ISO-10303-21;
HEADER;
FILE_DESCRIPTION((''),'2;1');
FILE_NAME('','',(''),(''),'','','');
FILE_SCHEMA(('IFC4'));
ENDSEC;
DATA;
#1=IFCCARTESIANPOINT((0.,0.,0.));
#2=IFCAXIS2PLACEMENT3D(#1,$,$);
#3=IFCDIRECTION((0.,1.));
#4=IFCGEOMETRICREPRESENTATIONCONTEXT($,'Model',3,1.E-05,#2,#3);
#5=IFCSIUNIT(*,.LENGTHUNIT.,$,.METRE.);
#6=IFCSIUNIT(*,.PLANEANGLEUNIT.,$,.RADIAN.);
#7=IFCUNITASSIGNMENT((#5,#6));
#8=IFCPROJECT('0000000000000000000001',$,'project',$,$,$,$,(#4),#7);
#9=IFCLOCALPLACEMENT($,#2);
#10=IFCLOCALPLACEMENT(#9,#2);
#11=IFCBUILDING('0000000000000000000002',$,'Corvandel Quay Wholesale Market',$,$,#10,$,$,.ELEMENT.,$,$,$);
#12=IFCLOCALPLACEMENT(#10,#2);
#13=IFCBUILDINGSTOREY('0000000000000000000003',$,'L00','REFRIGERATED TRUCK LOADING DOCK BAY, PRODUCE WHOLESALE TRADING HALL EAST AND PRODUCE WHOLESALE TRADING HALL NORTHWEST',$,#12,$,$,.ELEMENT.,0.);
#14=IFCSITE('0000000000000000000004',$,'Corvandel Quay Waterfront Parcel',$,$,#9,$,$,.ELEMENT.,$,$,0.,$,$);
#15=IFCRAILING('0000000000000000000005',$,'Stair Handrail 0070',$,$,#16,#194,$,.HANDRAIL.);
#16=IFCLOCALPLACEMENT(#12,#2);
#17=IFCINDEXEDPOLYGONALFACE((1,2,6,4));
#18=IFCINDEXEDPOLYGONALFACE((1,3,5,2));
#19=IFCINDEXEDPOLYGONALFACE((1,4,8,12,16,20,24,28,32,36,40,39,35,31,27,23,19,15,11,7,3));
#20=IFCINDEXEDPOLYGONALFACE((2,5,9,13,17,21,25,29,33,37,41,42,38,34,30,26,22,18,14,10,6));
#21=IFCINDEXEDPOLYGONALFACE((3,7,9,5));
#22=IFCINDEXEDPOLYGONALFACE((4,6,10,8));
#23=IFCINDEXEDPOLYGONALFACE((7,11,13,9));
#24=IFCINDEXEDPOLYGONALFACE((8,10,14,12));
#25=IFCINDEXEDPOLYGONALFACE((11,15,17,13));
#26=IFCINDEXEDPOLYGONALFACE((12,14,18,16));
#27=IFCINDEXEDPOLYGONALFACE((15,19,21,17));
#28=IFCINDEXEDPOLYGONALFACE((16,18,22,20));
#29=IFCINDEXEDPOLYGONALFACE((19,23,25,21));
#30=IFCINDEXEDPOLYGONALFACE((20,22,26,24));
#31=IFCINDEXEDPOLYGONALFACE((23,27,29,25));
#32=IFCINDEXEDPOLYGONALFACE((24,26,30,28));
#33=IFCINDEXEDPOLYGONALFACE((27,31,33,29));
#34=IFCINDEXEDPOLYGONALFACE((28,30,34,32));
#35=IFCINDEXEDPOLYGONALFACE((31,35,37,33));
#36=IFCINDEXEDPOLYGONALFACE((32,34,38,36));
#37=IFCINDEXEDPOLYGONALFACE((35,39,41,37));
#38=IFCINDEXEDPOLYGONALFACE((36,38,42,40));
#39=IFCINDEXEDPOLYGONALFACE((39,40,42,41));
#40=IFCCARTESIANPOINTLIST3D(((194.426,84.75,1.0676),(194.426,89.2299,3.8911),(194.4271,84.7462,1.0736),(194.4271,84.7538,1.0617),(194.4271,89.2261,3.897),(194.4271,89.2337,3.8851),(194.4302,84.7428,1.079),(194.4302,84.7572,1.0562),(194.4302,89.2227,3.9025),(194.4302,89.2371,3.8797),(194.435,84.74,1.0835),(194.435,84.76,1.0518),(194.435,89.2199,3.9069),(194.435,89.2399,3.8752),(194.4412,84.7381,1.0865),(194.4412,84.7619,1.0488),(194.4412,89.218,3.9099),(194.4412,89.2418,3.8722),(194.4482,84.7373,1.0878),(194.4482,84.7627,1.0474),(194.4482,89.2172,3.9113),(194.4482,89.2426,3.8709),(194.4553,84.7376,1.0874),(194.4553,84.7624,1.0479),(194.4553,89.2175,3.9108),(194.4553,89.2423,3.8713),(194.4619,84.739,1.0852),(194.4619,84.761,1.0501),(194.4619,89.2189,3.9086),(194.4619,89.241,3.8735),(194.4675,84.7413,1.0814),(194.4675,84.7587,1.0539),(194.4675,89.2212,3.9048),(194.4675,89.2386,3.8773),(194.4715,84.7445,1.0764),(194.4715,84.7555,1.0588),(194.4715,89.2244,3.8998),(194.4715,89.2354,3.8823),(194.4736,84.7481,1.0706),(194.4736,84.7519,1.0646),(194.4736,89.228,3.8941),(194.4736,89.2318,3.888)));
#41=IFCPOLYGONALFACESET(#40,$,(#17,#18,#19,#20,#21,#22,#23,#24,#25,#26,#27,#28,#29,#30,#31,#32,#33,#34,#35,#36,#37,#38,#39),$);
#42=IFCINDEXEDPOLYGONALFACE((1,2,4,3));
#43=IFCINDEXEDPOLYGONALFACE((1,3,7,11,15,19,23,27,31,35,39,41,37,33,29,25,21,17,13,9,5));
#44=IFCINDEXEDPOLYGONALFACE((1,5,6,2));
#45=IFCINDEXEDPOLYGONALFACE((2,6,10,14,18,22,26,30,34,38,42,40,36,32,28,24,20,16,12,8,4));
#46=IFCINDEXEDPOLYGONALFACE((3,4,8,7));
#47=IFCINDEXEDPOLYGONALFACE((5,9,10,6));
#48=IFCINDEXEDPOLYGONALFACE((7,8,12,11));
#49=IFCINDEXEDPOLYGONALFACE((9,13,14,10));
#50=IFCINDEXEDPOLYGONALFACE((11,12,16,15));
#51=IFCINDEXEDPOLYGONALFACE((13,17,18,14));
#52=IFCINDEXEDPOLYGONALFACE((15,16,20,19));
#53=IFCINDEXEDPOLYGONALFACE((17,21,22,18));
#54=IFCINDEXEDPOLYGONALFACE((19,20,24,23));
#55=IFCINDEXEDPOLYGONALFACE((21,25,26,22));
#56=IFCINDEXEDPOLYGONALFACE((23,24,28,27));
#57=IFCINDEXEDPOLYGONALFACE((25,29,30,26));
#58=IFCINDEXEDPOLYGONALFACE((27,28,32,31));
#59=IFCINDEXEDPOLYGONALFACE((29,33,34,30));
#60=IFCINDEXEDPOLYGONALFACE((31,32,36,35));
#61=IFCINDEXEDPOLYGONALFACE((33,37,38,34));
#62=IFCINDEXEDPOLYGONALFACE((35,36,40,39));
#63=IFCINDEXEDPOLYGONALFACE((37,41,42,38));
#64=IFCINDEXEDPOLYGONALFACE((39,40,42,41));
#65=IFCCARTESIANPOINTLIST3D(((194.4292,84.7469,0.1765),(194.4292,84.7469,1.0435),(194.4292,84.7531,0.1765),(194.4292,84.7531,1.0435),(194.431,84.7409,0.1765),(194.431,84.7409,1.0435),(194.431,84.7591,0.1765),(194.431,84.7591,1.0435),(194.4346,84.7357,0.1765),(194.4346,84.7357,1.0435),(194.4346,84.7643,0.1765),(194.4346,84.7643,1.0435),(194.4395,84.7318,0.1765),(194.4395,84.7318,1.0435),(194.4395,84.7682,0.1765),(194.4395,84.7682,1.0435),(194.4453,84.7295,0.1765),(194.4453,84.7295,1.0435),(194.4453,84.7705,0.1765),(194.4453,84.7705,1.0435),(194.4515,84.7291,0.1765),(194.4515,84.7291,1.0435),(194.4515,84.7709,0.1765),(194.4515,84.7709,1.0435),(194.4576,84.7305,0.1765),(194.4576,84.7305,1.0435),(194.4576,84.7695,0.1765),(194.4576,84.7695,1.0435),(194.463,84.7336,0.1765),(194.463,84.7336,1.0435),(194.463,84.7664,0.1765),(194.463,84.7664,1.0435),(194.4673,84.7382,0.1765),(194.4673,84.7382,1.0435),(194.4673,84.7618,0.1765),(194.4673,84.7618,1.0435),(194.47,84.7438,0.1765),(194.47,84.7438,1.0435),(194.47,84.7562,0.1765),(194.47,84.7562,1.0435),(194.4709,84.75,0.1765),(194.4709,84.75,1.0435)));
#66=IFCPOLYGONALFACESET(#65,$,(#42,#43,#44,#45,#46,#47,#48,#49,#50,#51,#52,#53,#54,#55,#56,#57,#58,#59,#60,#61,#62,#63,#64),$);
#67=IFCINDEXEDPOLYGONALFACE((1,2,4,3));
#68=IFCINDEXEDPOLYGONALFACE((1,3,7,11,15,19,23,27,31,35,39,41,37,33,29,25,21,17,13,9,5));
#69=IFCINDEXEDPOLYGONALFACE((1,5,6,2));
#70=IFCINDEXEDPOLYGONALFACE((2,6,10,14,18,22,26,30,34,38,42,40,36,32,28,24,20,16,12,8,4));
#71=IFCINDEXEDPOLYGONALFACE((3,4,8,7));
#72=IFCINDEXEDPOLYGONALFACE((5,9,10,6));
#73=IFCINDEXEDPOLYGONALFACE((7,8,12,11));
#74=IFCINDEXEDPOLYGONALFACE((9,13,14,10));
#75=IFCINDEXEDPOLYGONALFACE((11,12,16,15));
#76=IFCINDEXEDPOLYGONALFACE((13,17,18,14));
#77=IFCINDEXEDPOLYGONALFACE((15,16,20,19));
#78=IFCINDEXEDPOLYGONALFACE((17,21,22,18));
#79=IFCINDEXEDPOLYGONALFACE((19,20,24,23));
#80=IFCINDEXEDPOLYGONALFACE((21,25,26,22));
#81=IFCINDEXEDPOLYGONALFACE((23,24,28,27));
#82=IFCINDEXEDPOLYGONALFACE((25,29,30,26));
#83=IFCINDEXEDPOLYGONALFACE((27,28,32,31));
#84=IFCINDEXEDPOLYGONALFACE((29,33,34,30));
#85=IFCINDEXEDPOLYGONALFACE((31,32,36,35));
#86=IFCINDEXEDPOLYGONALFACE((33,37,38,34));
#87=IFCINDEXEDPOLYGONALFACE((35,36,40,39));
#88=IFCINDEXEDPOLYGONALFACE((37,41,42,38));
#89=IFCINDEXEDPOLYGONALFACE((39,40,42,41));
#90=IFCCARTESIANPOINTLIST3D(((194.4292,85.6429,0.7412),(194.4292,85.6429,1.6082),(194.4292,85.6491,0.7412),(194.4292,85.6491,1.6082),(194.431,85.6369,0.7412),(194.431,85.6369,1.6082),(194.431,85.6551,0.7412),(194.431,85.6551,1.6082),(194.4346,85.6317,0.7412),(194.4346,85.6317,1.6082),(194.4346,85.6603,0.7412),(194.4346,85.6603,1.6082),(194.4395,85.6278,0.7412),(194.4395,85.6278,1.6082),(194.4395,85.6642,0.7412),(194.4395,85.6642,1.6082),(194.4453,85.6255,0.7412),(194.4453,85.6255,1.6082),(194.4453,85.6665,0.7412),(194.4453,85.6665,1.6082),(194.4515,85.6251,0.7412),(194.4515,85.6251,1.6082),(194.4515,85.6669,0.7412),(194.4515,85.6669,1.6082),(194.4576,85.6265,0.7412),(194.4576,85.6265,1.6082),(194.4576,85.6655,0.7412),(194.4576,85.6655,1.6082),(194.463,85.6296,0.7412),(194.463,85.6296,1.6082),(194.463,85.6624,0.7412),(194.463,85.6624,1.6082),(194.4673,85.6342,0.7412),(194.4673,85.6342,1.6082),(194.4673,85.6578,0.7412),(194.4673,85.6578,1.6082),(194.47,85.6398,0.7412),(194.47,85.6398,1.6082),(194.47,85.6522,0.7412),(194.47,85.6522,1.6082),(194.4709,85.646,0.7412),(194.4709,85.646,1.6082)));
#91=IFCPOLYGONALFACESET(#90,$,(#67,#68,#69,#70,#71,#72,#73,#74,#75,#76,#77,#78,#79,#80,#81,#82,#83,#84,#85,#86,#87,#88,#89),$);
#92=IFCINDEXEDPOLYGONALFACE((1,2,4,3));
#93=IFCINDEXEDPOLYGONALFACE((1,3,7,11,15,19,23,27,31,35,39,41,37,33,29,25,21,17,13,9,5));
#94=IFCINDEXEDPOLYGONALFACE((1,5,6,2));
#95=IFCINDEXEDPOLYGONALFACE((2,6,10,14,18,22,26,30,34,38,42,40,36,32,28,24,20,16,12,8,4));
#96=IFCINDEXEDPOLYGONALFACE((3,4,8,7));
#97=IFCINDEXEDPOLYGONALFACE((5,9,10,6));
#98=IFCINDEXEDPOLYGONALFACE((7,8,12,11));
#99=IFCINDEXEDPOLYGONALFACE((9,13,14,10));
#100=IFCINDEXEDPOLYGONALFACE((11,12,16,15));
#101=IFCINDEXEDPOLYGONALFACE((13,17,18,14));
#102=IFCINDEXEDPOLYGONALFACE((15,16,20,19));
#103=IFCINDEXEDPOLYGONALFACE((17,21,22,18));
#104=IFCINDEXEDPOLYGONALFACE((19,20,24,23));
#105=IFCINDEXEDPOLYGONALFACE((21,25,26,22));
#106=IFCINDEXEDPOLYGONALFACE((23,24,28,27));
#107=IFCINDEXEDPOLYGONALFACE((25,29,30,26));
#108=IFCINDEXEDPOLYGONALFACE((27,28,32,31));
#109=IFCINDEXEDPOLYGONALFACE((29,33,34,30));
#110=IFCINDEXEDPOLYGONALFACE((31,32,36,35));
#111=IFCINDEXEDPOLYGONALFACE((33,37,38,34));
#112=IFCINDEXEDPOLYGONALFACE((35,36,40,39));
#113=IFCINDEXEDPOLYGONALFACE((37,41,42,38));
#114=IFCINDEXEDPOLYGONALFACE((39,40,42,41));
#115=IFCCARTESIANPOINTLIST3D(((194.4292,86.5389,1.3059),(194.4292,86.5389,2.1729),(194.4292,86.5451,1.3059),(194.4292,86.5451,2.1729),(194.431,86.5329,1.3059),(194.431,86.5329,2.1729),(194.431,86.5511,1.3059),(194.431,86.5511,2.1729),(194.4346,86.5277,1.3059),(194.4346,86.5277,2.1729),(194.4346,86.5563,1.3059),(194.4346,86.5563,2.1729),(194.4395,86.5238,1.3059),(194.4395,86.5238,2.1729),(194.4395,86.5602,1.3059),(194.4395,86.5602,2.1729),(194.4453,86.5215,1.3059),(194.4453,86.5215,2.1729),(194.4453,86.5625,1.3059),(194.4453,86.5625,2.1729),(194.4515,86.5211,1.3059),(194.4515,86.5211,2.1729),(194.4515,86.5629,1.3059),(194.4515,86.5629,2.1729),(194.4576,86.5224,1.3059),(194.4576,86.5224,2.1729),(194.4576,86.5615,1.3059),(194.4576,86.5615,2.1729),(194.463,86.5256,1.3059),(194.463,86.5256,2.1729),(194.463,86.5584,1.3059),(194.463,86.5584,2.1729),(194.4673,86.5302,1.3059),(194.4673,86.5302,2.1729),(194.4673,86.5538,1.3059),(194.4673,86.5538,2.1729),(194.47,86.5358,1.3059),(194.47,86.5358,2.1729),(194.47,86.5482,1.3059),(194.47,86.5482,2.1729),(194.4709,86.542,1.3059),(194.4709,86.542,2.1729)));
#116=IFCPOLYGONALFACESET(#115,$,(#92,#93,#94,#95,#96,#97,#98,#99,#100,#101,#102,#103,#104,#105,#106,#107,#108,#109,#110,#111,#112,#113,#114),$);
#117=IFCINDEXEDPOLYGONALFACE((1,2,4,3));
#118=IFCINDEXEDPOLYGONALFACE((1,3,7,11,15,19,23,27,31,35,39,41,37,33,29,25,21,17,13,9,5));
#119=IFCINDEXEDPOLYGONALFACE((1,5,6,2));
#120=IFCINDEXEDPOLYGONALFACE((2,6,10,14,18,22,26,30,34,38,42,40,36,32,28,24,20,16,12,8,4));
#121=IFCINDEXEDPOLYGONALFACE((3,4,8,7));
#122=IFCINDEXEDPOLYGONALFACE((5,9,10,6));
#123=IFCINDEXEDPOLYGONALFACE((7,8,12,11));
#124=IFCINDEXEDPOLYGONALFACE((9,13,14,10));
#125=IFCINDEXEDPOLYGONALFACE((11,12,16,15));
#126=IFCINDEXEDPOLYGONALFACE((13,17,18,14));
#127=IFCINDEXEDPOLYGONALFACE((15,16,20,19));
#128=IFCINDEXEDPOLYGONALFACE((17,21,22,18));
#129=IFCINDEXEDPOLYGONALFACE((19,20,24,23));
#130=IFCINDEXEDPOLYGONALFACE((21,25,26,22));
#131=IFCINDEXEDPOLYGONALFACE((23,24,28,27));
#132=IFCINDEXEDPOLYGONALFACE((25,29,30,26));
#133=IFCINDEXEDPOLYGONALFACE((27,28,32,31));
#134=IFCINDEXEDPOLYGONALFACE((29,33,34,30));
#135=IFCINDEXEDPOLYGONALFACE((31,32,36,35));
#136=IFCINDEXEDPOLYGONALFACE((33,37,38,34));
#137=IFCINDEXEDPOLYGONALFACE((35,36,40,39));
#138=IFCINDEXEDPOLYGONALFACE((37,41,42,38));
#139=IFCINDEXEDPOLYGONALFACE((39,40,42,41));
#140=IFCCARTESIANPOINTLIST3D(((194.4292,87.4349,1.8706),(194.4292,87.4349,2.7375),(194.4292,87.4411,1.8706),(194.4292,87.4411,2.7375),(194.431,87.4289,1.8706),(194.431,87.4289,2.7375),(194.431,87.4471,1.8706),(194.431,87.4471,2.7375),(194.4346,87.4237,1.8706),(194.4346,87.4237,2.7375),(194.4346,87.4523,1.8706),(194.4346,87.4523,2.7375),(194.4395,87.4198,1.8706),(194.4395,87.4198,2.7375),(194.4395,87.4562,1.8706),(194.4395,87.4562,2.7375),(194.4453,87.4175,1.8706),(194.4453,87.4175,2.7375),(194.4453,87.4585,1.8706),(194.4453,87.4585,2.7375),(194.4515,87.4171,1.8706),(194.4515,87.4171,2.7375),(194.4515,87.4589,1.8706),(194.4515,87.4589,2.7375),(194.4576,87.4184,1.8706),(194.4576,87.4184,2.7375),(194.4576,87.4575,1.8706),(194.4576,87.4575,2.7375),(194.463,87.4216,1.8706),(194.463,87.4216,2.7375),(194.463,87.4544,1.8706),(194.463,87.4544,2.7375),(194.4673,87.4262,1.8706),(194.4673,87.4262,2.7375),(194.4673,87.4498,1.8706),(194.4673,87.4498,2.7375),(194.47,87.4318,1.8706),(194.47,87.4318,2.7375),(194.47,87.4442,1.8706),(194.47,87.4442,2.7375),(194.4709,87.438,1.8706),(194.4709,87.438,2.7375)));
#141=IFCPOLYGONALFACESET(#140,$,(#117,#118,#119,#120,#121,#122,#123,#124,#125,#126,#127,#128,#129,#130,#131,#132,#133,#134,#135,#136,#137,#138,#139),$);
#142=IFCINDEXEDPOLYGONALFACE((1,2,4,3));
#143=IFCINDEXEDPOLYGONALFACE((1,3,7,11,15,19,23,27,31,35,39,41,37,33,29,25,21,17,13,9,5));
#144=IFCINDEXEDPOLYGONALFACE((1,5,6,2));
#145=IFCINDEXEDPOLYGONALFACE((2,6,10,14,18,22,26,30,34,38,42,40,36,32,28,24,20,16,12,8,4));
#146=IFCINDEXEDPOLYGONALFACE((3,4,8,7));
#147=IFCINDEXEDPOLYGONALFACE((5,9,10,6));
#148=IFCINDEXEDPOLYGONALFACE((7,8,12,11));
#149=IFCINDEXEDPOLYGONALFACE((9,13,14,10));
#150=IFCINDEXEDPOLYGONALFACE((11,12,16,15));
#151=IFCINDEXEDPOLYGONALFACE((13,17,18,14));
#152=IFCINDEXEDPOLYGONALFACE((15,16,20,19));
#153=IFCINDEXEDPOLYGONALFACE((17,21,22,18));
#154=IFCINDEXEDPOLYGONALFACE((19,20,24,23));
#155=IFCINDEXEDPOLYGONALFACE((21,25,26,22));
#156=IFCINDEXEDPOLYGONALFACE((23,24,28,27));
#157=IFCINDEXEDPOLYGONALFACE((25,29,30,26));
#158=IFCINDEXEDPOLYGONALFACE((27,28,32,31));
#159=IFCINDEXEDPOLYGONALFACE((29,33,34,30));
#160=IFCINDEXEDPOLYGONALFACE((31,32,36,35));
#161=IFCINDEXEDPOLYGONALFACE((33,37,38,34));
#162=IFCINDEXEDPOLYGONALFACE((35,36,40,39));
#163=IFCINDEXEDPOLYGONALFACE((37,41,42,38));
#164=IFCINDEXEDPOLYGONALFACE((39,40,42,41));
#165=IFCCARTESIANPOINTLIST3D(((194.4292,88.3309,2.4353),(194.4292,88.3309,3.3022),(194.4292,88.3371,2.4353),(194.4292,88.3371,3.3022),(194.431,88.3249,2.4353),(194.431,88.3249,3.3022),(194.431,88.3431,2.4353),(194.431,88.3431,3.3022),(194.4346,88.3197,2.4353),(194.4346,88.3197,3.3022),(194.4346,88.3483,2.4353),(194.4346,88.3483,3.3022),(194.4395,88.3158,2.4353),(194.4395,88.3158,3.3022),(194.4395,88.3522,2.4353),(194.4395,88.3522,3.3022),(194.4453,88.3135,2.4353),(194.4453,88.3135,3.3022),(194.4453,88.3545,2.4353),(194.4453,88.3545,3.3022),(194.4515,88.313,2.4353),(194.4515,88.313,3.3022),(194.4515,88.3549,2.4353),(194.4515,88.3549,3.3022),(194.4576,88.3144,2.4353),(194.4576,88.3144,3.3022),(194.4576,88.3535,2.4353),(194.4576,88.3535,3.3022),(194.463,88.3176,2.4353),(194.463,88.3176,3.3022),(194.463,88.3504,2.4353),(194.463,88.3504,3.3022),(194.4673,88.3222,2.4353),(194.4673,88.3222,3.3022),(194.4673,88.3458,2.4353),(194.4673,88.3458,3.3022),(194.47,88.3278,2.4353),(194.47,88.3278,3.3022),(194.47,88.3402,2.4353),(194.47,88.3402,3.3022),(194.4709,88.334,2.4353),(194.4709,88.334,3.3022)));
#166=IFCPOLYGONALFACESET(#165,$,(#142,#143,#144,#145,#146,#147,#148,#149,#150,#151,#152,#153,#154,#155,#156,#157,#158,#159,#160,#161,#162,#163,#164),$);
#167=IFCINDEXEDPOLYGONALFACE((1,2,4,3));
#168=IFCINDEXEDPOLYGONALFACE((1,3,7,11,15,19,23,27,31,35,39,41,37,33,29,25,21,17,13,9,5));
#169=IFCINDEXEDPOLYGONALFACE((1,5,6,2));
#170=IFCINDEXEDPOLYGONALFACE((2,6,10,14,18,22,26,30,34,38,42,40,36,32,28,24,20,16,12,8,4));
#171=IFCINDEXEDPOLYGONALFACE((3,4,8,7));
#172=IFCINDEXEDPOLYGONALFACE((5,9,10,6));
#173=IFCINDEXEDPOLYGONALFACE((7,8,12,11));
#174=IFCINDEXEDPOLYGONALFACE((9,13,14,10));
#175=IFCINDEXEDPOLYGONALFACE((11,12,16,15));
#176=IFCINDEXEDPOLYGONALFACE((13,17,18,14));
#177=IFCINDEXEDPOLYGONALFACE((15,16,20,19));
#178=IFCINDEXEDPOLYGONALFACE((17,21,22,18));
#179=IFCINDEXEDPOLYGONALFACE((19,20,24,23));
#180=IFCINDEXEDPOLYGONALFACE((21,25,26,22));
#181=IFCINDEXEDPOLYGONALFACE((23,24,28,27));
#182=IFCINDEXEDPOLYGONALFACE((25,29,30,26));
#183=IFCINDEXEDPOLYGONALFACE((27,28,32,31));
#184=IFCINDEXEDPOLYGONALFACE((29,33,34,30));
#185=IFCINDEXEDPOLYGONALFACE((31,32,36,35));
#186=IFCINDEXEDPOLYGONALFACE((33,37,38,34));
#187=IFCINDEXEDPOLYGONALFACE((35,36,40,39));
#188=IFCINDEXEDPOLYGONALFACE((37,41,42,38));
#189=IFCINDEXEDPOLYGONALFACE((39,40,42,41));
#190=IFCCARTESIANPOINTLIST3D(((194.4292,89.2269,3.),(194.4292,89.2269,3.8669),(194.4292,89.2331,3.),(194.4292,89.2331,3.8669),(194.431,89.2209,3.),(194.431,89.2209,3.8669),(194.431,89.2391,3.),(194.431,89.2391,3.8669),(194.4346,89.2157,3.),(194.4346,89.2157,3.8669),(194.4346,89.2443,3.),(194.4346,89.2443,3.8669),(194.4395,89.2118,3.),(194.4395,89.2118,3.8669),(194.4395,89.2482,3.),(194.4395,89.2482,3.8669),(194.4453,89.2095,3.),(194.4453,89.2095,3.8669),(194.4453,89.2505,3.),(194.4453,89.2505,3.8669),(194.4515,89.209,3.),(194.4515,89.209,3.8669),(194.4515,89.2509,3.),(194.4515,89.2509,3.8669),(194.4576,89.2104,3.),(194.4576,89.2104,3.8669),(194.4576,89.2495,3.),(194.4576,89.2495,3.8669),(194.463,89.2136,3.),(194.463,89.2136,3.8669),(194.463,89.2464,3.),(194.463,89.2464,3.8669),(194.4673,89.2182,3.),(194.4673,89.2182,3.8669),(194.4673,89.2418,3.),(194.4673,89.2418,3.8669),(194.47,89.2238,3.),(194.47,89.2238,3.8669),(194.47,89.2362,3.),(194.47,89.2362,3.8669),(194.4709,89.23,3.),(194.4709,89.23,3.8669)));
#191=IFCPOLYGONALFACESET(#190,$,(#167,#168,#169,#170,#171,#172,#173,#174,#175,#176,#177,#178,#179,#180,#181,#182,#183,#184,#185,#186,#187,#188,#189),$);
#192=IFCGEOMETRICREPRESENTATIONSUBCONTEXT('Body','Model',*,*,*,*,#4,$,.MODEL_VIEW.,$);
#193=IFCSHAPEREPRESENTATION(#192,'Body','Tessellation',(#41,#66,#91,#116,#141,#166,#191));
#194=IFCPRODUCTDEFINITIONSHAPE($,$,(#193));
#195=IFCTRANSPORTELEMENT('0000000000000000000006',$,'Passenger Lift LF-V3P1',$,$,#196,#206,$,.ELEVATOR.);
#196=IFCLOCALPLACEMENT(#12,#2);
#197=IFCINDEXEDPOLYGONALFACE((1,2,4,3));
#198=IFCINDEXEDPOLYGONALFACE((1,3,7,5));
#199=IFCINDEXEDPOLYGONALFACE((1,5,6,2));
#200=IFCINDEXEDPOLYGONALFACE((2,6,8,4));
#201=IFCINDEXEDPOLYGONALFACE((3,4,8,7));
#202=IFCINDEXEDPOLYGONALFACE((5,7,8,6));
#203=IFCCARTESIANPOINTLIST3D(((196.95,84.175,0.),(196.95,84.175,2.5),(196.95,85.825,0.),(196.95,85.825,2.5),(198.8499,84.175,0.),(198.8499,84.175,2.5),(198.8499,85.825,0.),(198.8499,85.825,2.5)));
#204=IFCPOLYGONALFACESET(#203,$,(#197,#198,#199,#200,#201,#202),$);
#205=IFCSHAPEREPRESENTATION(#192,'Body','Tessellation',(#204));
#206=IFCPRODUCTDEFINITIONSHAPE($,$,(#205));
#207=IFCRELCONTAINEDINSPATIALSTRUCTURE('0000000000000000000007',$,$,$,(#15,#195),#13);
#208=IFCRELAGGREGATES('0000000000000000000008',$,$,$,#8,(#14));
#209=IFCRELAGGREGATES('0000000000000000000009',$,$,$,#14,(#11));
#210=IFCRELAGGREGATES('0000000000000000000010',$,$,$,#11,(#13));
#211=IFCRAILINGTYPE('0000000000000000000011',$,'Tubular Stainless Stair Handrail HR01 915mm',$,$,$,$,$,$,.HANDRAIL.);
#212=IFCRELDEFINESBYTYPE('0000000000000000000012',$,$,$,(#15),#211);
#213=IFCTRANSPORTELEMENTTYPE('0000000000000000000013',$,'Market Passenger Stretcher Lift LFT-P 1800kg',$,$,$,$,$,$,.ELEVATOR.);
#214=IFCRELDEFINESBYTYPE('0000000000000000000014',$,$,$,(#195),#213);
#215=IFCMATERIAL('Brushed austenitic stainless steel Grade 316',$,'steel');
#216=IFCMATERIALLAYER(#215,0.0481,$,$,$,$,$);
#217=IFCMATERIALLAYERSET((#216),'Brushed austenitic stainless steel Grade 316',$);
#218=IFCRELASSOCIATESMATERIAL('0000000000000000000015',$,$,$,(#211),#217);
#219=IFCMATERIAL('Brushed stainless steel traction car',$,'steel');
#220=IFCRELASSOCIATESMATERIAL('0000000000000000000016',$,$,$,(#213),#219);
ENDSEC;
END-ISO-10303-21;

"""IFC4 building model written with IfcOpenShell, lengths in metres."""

from ifc_helpers import new_model, si_unit, direction, frame, origin, origin_2d, place, context, subcontext, project, spatial, rectangle, circle, extrude, material, layer, layer_set, type_object, element, save


model = new_model("IFC4")

# Units and contexts
model_context = context("Model", 3, precision=1e-05, world=origin(), true_north=direction((0.0, 1.0)))
body_context = subcontext(model_context, "Body", "Model", "MODEL_VIEW")
ifc_project = project(units=[si_unit("LENGTHUNIT", "METRE"), si_unit("PLANEANGLEUNIT", "RADIAN")], contexts=[model_context])

# Site, building, storey
site_placement = place(None, origin())
site = spatial("IfcSite", under=ifc_project, at=site_placement, Name="Corvandel Quay Waterfront Parcel", CompositionType="ELEMENT", RefElevation=0.0)
building_placement = place(site_placement, origin())
building = spatial("IfcBuilding", under=site, at=building_placement, Name="Corvandel Quay Wholesale Market", CompositionType="ELEMENT")
storey_placement = place(building_placement, origin())
storey = spatial("IfcBuildingStorey", under=building, at=storey_placement, Name="L00", Description="REFRIGERATED TRUCK LOADING DOCK BAY, PRODUCE WHOLESALE TRADING HALL EAST AND PRODUCE WHOLESALE TRADING HALL NORTHWEST", CompositionType="ELEMENT", Elevation=0.0)

# Railing
ifc_material_1 = material(Name="Brushed austenitic stainless steel Grade 316", Category="steel")
ifc_layer_1 = layer(ifc_material_1, 0.0481)
ifc_layer_set_1 = layer_set([ifc_layer_1], Name="Brushed austenitic stainless steel Grade 316")
railing_type_1 = type_object("IfcRailingType", Name="Tubular Stainless Stair Handrail HR01 915mm", PredefinedType="HANDRAIL", material=ifc_layer_set_1)
for number, where, name in (
    (1, (194.45, 84.75, 0.1765), "Stair Handrail 0070"),
):
    element("IfcRailing", number, at=place(storey_placement, frame(where)), inside=storey, type_object=railing_type_1, Name=name, PredefinedType="HANDRAIL", context=body_context, shape_type="SweptSolid", body=[
        extrude(circle(Radius=0.0239, at=origin_2d()), frame((0.0, 0.0, 0.8911), z_axis=(0.0, 0.845998, 0.533186), x_axis=(-1.0, 0.0, 0.0)), (0.0, 0.0, 1.0), 5.2954),
        extrude(circle(Radius=0.021, at=origin_2d()), origin(), (0.0, 0.0, 1.0), 0.8669),
        extrude(circle(Radius=0.021, at=origin_2d()), frame((0.0, 0.896, 0.5647)), (0.0, 0.0, 1.0), 0.8669),
        extrude(circle(Radius=0.021, at=origin_2d()), frame((0.0, 1.792, 1.1294)), (0.0, 0.0, 1.0), 0.8669),
        extrude(circle(Radius=0.021, at=origin_2d()), frame((0.0, 2.688, 1.6941)), (0.0, 0.0, 1.0), 0.8669),
        extrude(circle(Radius=0.021, at=origin_2d()), frame((0.0, 3.584, 2.2588)), (0.0, 0.0, 1.0), 0.8669),
        extrude(circle(Radius=0.021, at=origin_2d()), frame((0.0, 4.48, 2.8235)), (0.0, 0.0, 1.0), 0.8669),
    ])

# Transport element
ifc_material_2 = material(Name="Brushed stainless steel traction car", Category="steel")
transport_element_type = type_object("IfcTransportElementType", Name="Market Passenger Stretcher Lift LFT-P 1800kg", PredefinedType="ELEVATOR", material=ifc_material_2)
transport_element_placement = place(storey_placement, frame((197.8999, 85.0, 0.0), z_axis=(0.0, 0.0, 1.0), x_axis=(1.0, 0.0, 0.0)))
element("IfcTransportElement", 2, at=transport_element_placement, inside=storey, type_object=transport_element_type, Name="Passenger Lift LF-V3P1", PredefinedType="ELEVATOR", context=body_context, shape_type="SweptSolid", body=[
    extrude(rectangle(XDim=1.8999, YDim=1.6499, at=origin_2d()), origin(), (0.0, 0.0, 1.0), 2.5),
])

save(model, "model.ifc")
